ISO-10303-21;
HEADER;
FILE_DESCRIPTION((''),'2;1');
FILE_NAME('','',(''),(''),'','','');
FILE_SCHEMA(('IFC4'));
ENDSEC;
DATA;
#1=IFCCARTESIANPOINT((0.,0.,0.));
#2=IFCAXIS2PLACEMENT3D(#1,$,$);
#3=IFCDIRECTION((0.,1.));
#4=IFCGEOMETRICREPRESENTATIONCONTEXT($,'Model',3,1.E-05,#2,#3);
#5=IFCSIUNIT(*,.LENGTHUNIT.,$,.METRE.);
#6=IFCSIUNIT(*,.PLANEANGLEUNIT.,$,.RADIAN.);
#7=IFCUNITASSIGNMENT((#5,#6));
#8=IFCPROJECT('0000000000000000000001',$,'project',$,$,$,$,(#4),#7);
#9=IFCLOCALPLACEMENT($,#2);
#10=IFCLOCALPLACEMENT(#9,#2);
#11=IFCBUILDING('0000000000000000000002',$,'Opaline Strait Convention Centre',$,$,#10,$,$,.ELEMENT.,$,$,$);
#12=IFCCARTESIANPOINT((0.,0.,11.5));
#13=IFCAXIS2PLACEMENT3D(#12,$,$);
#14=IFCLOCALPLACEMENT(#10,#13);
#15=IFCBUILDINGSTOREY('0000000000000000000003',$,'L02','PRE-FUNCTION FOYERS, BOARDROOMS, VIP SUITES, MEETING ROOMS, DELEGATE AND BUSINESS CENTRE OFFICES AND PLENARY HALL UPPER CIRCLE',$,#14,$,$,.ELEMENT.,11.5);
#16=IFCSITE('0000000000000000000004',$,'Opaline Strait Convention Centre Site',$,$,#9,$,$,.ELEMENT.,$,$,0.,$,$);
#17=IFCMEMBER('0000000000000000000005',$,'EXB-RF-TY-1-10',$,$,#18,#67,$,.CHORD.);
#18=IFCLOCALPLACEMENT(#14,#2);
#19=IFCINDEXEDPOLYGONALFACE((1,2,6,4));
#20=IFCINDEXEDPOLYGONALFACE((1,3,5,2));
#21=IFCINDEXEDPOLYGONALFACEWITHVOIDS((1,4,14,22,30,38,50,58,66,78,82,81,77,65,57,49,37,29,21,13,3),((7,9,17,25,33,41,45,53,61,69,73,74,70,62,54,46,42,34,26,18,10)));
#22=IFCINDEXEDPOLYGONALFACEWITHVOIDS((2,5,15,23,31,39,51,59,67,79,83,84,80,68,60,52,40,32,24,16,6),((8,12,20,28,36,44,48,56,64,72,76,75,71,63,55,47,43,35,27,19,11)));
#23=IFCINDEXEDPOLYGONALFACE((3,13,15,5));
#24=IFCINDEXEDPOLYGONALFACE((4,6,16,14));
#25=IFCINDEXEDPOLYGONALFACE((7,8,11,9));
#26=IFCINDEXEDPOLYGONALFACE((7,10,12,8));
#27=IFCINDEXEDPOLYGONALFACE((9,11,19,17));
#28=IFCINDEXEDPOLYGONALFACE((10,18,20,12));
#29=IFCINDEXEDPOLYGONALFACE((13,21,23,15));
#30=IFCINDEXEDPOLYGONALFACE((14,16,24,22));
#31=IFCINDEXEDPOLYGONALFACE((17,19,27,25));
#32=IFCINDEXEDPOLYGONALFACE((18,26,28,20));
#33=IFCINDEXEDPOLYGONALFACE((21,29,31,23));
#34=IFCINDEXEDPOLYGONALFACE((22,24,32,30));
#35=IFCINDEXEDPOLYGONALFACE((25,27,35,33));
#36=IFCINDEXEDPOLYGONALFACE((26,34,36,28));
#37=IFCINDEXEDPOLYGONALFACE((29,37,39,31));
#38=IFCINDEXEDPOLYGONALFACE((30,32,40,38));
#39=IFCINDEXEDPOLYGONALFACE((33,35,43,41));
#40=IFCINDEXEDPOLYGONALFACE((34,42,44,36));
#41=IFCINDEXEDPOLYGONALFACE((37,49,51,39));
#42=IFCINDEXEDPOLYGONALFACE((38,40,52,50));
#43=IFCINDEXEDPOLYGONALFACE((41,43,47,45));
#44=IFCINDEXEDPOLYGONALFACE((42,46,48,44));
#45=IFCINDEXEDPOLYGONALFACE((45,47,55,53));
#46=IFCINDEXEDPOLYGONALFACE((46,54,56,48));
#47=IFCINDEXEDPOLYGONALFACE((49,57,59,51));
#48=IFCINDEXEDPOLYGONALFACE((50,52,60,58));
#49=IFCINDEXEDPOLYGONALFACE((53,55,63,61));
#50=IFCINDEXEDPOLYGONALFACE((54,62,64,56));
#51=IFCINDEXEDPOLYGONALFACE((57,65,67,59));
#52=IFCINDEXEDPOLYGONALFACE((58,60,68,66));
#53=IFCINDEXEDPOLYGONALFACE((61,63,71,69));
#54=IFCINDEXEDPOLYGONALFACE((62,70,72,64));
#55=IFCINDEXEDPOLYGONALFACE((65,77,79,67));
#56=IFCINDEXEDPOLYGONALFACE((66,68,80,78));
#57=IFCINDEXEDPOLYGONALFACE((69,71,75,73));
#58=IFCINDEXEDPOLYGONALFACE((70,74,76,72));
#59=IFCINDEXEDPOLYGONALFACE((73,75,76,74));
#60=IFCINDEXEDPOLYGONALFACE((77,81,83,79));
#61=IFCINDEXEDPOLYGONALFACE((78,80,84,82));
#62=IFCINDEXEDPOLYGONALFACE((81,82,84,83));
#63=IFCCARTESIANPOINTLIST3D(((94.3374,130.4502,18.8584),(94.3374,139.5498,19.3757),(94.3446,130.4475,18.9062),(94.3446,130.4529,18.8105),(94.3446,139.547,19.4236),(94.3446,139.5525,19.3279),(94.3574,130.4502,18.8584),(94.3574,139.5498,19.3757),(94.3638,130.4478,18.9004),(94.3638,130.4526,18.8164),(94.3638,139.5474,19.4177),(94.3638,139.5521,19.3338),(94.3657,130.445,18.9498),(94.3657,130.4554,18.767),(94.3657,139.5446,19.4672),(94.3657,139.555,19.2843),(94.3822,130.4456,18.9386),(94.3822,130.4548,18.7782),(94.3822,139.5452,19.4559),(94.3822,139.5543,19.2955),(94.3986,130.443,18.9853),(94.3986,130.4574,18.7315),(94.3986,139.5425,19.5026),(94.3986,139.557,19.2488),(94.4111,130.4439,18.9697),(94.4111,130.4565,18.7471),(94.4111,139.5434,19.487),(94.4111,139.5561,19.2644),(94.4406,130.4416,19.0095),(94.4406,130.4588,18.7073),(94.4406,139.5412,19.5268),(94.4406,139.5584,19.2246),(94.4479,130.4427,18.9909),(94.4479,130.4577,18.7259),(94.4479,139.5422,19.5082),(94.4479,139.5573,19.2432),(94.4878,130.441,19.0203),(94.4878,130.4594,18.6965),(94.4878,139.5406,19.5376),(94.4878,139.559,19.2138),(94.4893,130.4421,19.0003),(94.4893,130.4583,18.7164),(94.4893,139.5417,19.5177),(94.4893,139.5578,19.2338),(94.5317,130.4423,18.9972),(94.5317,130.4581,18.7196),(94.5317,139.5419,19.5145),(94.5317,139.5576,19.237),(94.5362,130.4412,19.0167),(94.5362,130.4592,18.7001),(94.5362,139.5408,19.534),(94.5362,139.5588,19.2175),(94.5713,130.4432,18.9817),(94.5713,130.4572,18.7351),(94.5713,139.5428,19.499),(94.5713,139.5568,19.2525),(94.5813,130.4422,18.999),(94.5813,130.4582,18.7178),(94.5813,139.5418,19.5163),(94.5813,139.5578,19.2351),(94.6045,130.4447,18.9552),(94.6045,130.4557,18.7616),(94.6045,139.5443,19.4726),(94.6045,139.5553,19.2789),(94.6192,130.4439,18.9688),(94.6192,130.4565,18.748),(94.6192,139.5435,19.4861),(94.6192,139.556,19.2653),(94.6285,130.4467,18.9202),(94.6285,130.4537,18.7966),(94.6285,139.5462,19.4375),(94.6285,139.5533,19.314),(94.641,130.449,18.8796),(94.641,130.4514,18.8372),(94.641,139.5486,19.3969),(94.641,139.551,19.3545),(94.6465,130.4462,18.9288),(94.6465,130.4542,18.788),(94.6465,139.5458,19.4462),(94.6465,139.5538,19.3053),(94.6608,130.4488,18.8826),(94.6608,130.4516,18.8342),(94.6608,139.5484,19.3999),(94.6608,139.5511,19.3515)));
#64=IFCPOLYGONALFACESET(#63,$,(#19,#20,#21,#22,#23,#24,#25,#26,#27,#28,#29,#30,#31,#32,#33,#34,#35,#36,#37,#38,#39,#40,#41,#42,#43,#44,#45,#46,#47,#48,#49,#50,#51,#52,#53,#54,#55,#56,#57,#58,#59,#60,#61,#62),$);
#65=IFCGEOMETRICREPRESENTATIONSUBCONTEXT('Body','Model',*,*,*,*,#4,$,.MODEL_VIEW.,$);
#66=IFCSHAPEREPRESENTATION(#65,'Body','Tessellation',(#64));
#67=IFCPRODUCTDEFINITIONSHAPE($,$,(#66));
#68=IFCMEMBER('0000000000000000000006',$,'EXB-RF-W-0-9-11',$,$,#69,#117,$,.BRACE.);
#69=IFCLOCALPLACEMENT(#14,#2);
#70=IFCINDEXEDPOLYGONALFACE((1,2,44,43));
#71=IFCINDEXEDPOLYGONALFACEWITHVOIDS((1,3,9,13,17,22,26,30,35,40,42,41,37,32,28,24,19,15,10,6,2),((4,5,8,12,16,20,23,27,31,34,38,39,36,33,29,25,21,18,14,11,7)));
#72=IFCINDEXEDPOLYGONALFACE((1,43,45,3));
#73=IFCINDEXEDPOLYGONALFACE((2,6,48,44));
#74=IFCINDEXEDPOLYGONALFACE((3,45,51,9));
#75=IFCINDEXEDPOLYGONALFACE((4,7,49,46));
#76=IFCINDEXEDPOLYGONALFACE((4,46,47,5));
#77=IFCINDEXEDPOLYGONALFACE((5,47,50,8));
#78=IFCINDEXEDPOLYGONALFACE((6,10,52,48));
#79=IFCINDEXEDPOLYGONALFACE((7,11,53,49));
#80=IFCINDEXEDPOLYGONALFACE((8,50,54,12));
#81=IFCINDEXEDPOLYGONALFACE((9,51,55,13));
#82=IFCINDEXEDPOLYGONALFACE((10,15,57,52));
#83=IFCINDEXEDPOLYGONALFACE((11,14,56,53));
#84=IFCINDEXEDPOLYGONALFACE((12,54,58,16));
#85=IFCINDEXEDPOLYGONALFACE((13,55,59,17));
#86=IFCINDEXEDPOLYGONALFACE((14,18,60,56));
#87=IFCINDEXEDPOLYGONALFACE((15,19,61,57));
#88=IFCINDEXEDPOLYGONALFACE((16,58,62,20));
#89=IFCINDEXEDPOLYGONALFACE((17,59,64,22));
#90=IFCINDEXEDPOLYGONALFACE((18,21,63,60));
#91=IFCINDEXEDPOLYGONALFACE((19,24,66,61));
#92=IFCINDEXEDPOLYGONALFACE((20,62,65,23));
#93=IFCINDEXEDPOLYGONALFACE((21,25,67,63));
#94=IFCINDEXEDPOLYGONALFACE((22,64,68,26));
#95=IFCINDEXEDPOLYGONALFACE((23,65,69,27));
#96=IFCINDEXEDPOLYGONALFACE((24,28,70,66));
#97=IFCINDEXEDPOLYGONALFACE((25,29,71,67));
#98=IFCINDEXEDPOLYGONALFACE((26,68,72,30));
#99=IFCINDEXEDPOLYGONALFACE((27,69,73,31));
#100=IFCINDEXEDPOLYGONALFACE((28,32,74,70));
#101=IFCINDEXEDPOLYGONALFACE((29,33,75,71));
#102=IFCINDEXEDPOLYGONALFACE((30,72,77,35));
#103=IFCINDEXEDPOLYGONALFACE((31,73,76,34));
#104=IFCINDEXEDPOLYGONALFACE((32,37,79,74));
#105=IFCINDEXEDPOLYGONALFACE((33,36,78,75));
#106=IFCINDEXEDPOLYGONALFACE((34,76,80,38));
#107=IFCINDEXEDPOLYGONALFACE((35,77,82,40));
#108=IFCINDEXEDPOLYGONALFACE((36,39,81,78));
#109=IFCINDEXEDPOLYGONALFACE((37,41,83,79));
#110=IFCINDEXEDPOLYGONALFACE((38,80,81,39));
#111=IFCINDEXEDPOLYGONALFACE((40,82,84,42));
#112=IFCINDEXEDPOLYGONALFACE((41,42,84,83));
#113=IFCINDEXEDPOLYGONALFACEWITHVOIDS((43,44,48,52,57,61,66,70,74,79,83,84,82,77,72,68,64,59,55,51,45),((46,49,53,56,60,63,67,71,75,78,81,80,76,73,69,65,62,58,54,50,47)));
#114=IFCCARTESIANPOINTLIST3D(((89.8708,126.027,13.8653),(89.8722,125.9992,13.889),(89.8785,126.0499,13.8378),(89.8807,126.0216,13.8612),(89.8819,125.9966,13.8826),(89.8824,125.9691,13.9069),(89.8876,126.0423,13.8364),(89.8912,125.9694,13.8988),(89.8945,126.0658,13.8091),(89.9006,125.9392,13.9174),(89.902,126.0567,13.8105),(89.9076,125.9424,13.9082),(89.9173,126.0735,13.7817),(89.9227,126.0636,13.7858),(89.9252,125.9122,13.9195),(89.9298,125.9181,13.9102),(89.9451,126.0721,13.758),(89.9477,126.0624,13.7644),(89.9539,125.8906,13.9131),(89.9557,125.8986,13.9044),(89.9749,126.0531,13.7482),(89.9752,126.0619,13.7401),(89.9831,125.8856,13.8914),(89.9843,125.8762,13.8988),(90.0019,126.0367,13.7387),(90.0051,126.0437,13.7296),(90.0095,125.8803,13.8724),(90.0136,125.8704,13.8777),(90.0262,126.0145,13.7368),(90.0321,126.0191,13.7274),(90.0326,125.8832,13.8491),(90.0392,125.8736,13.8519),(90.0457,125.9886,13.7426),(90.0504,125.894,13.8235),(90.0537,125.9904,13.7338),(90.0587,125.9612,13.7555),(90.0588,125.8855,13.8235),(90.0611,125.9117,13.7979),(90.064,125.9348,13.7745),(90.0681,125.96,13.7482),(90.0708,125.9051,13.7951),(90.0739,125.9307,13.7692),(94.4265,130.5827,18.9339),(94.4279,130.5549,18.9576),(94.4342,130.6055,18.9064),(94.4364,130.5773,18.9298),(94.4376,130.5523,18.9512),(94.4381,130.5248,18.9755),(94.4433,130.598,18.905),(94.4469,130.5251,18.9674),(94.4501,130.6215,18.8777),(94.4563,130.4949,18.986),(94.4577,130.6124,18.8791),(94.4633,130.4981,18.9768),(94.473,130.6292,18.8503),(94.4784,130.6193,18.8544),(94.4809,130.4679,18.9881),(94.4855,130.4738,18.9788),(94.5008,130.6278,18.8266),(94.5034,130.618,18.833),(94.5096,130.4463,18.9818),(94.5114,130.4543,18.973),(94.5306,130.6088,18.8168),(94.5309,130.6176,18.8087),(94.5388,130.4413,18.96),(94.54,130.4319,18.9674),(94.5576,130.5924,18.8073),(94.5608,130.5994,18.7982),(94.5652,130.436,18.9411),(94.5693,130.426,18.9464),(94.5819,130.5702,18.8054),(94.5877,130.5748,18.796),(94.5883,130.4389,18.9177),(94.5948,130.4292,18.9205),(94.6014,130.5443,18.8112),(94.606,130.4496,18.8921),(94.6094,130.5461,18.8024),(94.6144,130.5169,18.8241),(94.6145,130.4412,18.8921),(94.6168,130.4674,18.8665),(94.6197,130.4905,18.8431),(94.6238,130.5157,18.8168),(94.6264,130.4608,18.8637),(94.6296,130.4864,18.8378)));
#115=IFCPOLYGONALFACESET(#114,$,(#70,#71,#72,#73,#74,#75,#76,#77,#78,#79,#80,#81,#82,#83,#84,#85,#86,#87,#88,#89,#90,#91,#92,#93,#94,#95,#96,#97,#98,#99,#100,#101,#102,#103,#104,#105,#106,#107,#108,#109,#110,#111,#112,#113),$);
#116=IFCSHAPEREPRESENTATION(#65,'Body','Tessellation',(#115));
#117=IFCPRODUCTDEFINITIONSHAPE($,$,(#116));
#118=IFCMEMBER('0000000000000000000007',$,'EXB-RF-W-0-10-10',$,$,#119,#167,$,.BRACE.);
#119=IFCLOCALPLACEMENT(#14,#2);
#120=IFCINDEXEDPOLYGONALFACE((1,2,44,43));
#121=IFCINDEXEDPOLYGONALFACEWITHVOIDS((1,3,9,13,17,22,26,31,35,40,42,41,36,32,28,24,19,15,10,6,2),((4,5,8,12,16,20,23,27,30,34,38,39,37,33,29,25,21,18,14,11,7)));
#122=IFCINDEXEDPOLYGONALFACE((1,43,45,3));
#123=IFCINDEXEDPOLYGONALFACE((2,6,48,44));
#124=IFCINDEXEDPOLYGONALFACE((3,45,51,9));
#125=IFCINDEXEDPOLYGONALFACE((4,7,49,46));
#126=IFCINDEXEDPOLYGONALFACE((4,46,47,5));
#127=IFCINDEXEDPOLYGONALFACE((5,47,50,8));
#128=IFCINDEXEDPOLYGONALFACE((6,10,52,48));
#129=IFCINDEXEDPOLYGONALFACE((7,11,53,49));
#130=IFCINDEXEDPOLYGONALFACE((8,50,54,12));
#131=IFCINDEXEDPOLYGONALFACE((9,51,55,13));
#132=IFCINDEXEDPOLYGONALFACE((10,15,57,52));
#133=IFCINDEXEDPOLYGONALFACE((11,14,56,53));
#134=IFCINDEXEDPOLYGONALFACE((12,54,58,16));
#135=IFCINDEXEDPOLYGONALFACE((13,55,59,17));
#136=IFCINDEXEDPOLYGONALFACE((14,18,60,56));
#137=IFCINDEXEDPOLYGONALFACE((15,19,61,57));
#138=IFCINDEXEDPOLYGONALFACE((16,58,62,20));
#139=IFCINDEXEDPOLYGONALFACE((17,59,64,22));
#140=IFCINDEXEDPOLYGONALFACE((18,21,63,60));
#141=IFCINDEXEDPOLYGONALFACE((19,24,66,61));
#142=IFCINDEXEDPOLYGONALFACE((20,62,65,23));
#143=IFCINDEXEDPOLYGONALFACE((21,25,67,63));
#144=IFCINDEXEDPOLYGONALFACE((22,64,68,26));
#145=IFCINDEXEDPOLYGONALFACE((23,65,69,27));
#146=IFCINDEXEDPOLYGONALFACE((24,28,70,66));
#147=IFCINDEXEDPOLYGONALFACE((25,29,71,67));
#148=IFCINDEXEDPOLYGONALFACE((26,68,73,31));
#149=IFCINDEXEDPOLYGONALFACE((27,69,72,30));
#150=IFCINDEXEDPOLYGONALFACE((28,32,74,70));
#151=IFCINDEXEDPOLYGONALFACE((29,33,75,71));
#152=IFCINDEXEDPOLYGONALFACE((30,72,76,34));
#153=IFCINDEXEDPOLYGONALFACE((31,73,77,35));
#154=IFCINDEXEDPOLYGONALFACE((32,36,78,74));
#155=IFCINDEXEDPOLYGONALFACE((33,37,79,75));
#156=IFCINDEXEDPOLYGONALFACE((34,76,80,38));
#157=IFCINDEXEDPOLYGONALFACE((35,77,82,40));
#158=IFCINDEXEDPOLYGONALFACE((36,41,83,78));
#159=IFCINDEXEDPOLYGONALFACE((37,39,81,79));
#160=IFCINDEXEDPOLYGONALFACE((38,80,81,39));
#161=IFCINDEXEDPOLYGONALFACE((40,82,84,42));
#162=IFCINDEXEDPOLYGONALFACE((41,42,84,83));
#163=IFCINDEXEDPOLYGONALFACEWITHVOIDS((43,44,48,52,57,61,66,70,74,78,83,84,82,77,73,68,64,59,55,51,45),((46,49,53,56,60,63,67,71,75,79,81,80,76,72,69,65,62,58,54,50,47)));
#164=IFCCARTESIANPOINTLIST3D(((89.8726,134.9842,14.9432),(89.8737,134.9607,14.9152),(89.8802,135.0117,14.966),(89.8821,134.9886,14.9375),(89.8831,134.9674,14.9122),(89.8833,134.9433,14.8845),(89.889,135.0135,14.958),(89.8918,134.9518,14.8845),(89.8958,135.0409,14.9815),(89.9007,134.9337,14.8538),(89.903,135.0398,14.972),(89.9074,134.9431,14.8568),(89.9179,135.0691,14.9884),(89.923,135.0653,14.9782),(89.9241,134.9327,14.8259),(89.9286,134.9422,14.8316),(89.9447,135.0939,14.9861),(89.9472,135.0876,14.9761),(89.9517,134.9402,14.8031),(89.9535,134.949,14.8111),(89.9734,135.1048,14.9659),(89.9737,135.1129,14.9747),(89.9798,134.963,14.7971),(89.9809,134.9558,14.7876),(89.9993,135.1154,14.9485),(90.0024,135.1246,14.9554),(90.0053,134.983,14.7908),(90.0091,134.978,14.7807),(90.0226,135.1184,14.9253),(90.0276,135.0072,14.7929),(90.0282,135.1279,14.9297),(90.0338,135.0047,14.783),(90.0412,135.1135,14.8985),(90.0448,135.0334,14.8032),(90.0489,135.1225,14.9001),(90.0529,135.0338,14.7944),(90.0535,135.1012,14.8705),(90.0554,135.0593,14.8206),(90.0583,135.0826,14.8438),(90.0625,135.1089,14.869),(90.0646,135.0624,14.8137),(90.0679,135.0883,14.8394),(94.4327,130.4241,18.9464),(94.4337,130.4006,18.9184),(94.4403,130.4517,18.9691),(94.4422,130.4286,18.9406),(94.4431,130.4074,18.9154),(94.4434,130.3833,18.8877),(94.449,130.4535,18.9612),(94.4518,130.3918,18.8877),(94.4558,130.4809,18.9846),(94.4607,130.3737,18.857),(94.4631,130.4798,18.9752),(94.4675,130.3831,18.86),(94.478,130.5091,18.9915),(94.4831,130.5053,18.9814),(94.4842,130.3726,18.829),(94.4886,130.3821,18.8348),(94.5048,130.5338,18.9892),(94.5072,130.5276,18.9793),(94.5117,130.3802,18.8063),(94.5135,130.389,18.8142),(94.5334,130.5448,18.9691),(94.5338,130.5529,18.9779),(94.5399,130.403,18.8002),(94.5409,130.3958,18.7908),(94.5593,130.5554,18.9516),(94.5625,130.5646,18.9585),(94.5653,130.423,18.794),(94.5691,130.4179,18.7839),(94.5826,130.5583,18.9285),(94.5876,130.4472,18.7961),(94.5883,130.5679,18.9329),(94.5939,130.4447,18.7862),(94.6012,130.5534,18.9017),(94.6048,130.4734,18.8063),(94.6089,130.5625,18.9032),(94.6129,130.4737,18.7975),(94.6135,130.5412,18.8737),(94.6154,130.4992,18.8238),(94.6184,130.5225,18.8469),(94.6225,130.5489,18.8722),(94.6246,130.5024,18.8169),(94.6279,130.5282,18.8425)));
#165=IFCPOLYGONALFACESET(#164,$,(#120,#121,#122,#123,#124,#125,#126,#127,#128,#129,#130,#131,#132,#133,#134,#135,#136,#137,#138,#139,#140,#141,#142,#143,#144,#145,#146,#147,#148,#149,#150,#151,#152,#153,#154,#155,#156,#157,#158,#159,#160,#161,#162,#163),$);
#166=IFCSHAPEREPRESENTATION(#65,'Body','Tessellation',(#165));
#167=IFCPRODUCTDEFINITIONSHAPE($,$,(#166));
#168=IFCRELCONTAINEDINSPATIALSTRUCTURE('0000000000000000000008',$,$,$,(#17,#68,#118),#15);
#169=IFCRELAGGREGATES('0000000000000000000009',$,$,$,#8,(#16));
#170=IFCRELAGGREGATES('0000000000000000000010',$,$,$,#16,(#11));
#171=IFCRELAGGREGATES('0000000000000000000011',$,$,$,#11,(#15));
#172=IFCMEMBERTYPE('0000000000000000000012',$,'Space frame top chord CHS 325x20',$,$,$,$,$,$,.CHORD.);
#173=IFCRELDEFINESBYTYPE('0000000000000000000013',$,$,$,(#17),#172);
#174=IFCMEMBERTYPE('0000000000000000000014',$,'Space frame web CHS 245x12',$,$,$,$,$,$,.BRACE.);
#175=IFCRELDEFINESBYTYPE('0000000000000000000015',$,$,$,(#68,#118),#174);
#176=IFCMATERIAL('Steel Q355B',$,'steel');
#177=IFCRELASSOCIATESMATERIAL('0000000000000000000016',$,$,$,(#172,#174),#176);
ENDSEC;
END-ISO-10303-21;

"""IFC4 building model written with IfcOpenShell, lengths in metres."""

from ifc_helpers import new_model, si_unit, direction, frame, origin, origin_2d, place, context, subcontext, project, spatial, hollow_circle, extrude, material, material_profile, profile_set, type_object, element, save


model = new_model("IFC4")

# Units and contexts
model_context = context("Model", 3, precision=1e-05, world=origin(), true_north=direction((0.0, 1.0)))
body_context = subcontext(model_context, "Body", "Model", "MODEL_VIEW")
ifc_project = project(units=[si_unit("LENGTHUNIT", "METRE"), si_unit("PLANEANGLEUNIT", "RADIAN")], contexts=[model_context])

# Site, building, storey
site_placement = place(None, origin())
site = spatial("IfcSite", under=ifc_project, at=site_placement, Name="Opaline Strait Convention Centre Site", CompositionType="ELEMENT", RefElevation=0.0)
building_placement = place(site_placement, origin())
building = spatial("IfcBuilding", under=site, at=building_placement, Name="Opaline Strait Convention Centre", CompositionType="ELEMENT")
storey_placement = place(building_placement, frame((0.0, 0.0, 11.5)))
storey = spatial("IfcBuildingStorey", under=building, at=storey_placement, Name="L02", Description="PRE-FUNCTION FOYERS, BOARDROOMS, VIP SUITES, MEETING ROOMS, DELEGATE AND BUSINESS CENTRE OFFICES AND PLENARY HALL UPPER CIRCLE", CompositionType="ELEMENT", Elevation=11.5)

# Members
ifc_material_1 = material(Name="Steel Q355B", Category="steel")
ifc_material_profile_1 = material_profile(ifc_material_1, hollow_circle(Radius=0.1626, WallThickness=0.02, at=origin_2d()), Name="CHS 325x20")
ifc_profile_set_1 = profile_set([ifc_material_profile_1], Name="Steel Q355B")
member_type_1 = type_object("IfcMemberType", Name="Space frame top chord CHS 325x20", PredefinedType="CHORD", material=ifc_profile_set_1)
member_1_placement = place(storey_placement, frame((94.5, 130.4502, 18.8584), z_axis=(0.0, 0.998388, 0.056761), x_axis=(-1.0, 0.0, 0.0)))
element("IfcMember", 1, at=member_1_placement, inside=storey, type_object=member_type_1, Name="EXB-RF-TY-1-10", PredefinedType="CHORD", context=body_context, shape_type="SweptSolid", body=[
    extrude(hollow_circle(Radius=0.1626, WallThickness=0.02, at=origin_2d()), origin(), (0.0, 0.0, 1.0), 9.1143),
])
ifc_material_profile_2 = material_profile(ifc_material_1, hollow_circle(Radius=0.1226, WallThickness=0.012, at=origin_2d()), Name="CHS 245x12")
ifc_profile_set_2 = profile_set([ifc_material_profile_2], Name="Steel Q355B")
member_type_2 = type_object("IfcMemberType", Name="Space frame web CHS 245x12", PredefinedType="BRACE", material=ifc_profile_set_2)
member_2_placement = place(storey_placement, frame((94.5278, 130.5278, 18.8921), z_axis=(-0.555739, -0.555739, -0.618311), x_axis=(0.707107, -0.707107, 0.0)))
element("IfcMember", 2, at=member_2_placement, inside=storey, type_object=member_type_2, Name="EXB-RF-W-0-9-11", PredefinedType="BRACE", context=body_context, shape_type="SweptSolid", body=[
    extrude(hollow_circle(Radius=0.1226, WallThickness=0.012, at=origin_2d()), origin(), (0.0, 0.0, 1.0), 8.1975),
])
member_3_placement = place(storey_placement, frame((94.53, 130.47, 18.8877), z_axis=(-0.600769, 0.600769, -0.527402), x_axis=(-0.707107, -0.707107, 0.0)))
element("IfcMember", 3, at=member_3_placement, inside=storey, type_object=member_type_2, Name="EXB-RF-W-0-10-10", PredefinedType="BRACE", context=body_context, shape_type="SweptSolid", body=[
    extrude(hollow_circle(Radius=0.1226, WallThickness=0.012, at=origin_2d()), origin(), (0.0, 0.0, 1.0), 7.5903),
])

save(model, "model.ifc")
